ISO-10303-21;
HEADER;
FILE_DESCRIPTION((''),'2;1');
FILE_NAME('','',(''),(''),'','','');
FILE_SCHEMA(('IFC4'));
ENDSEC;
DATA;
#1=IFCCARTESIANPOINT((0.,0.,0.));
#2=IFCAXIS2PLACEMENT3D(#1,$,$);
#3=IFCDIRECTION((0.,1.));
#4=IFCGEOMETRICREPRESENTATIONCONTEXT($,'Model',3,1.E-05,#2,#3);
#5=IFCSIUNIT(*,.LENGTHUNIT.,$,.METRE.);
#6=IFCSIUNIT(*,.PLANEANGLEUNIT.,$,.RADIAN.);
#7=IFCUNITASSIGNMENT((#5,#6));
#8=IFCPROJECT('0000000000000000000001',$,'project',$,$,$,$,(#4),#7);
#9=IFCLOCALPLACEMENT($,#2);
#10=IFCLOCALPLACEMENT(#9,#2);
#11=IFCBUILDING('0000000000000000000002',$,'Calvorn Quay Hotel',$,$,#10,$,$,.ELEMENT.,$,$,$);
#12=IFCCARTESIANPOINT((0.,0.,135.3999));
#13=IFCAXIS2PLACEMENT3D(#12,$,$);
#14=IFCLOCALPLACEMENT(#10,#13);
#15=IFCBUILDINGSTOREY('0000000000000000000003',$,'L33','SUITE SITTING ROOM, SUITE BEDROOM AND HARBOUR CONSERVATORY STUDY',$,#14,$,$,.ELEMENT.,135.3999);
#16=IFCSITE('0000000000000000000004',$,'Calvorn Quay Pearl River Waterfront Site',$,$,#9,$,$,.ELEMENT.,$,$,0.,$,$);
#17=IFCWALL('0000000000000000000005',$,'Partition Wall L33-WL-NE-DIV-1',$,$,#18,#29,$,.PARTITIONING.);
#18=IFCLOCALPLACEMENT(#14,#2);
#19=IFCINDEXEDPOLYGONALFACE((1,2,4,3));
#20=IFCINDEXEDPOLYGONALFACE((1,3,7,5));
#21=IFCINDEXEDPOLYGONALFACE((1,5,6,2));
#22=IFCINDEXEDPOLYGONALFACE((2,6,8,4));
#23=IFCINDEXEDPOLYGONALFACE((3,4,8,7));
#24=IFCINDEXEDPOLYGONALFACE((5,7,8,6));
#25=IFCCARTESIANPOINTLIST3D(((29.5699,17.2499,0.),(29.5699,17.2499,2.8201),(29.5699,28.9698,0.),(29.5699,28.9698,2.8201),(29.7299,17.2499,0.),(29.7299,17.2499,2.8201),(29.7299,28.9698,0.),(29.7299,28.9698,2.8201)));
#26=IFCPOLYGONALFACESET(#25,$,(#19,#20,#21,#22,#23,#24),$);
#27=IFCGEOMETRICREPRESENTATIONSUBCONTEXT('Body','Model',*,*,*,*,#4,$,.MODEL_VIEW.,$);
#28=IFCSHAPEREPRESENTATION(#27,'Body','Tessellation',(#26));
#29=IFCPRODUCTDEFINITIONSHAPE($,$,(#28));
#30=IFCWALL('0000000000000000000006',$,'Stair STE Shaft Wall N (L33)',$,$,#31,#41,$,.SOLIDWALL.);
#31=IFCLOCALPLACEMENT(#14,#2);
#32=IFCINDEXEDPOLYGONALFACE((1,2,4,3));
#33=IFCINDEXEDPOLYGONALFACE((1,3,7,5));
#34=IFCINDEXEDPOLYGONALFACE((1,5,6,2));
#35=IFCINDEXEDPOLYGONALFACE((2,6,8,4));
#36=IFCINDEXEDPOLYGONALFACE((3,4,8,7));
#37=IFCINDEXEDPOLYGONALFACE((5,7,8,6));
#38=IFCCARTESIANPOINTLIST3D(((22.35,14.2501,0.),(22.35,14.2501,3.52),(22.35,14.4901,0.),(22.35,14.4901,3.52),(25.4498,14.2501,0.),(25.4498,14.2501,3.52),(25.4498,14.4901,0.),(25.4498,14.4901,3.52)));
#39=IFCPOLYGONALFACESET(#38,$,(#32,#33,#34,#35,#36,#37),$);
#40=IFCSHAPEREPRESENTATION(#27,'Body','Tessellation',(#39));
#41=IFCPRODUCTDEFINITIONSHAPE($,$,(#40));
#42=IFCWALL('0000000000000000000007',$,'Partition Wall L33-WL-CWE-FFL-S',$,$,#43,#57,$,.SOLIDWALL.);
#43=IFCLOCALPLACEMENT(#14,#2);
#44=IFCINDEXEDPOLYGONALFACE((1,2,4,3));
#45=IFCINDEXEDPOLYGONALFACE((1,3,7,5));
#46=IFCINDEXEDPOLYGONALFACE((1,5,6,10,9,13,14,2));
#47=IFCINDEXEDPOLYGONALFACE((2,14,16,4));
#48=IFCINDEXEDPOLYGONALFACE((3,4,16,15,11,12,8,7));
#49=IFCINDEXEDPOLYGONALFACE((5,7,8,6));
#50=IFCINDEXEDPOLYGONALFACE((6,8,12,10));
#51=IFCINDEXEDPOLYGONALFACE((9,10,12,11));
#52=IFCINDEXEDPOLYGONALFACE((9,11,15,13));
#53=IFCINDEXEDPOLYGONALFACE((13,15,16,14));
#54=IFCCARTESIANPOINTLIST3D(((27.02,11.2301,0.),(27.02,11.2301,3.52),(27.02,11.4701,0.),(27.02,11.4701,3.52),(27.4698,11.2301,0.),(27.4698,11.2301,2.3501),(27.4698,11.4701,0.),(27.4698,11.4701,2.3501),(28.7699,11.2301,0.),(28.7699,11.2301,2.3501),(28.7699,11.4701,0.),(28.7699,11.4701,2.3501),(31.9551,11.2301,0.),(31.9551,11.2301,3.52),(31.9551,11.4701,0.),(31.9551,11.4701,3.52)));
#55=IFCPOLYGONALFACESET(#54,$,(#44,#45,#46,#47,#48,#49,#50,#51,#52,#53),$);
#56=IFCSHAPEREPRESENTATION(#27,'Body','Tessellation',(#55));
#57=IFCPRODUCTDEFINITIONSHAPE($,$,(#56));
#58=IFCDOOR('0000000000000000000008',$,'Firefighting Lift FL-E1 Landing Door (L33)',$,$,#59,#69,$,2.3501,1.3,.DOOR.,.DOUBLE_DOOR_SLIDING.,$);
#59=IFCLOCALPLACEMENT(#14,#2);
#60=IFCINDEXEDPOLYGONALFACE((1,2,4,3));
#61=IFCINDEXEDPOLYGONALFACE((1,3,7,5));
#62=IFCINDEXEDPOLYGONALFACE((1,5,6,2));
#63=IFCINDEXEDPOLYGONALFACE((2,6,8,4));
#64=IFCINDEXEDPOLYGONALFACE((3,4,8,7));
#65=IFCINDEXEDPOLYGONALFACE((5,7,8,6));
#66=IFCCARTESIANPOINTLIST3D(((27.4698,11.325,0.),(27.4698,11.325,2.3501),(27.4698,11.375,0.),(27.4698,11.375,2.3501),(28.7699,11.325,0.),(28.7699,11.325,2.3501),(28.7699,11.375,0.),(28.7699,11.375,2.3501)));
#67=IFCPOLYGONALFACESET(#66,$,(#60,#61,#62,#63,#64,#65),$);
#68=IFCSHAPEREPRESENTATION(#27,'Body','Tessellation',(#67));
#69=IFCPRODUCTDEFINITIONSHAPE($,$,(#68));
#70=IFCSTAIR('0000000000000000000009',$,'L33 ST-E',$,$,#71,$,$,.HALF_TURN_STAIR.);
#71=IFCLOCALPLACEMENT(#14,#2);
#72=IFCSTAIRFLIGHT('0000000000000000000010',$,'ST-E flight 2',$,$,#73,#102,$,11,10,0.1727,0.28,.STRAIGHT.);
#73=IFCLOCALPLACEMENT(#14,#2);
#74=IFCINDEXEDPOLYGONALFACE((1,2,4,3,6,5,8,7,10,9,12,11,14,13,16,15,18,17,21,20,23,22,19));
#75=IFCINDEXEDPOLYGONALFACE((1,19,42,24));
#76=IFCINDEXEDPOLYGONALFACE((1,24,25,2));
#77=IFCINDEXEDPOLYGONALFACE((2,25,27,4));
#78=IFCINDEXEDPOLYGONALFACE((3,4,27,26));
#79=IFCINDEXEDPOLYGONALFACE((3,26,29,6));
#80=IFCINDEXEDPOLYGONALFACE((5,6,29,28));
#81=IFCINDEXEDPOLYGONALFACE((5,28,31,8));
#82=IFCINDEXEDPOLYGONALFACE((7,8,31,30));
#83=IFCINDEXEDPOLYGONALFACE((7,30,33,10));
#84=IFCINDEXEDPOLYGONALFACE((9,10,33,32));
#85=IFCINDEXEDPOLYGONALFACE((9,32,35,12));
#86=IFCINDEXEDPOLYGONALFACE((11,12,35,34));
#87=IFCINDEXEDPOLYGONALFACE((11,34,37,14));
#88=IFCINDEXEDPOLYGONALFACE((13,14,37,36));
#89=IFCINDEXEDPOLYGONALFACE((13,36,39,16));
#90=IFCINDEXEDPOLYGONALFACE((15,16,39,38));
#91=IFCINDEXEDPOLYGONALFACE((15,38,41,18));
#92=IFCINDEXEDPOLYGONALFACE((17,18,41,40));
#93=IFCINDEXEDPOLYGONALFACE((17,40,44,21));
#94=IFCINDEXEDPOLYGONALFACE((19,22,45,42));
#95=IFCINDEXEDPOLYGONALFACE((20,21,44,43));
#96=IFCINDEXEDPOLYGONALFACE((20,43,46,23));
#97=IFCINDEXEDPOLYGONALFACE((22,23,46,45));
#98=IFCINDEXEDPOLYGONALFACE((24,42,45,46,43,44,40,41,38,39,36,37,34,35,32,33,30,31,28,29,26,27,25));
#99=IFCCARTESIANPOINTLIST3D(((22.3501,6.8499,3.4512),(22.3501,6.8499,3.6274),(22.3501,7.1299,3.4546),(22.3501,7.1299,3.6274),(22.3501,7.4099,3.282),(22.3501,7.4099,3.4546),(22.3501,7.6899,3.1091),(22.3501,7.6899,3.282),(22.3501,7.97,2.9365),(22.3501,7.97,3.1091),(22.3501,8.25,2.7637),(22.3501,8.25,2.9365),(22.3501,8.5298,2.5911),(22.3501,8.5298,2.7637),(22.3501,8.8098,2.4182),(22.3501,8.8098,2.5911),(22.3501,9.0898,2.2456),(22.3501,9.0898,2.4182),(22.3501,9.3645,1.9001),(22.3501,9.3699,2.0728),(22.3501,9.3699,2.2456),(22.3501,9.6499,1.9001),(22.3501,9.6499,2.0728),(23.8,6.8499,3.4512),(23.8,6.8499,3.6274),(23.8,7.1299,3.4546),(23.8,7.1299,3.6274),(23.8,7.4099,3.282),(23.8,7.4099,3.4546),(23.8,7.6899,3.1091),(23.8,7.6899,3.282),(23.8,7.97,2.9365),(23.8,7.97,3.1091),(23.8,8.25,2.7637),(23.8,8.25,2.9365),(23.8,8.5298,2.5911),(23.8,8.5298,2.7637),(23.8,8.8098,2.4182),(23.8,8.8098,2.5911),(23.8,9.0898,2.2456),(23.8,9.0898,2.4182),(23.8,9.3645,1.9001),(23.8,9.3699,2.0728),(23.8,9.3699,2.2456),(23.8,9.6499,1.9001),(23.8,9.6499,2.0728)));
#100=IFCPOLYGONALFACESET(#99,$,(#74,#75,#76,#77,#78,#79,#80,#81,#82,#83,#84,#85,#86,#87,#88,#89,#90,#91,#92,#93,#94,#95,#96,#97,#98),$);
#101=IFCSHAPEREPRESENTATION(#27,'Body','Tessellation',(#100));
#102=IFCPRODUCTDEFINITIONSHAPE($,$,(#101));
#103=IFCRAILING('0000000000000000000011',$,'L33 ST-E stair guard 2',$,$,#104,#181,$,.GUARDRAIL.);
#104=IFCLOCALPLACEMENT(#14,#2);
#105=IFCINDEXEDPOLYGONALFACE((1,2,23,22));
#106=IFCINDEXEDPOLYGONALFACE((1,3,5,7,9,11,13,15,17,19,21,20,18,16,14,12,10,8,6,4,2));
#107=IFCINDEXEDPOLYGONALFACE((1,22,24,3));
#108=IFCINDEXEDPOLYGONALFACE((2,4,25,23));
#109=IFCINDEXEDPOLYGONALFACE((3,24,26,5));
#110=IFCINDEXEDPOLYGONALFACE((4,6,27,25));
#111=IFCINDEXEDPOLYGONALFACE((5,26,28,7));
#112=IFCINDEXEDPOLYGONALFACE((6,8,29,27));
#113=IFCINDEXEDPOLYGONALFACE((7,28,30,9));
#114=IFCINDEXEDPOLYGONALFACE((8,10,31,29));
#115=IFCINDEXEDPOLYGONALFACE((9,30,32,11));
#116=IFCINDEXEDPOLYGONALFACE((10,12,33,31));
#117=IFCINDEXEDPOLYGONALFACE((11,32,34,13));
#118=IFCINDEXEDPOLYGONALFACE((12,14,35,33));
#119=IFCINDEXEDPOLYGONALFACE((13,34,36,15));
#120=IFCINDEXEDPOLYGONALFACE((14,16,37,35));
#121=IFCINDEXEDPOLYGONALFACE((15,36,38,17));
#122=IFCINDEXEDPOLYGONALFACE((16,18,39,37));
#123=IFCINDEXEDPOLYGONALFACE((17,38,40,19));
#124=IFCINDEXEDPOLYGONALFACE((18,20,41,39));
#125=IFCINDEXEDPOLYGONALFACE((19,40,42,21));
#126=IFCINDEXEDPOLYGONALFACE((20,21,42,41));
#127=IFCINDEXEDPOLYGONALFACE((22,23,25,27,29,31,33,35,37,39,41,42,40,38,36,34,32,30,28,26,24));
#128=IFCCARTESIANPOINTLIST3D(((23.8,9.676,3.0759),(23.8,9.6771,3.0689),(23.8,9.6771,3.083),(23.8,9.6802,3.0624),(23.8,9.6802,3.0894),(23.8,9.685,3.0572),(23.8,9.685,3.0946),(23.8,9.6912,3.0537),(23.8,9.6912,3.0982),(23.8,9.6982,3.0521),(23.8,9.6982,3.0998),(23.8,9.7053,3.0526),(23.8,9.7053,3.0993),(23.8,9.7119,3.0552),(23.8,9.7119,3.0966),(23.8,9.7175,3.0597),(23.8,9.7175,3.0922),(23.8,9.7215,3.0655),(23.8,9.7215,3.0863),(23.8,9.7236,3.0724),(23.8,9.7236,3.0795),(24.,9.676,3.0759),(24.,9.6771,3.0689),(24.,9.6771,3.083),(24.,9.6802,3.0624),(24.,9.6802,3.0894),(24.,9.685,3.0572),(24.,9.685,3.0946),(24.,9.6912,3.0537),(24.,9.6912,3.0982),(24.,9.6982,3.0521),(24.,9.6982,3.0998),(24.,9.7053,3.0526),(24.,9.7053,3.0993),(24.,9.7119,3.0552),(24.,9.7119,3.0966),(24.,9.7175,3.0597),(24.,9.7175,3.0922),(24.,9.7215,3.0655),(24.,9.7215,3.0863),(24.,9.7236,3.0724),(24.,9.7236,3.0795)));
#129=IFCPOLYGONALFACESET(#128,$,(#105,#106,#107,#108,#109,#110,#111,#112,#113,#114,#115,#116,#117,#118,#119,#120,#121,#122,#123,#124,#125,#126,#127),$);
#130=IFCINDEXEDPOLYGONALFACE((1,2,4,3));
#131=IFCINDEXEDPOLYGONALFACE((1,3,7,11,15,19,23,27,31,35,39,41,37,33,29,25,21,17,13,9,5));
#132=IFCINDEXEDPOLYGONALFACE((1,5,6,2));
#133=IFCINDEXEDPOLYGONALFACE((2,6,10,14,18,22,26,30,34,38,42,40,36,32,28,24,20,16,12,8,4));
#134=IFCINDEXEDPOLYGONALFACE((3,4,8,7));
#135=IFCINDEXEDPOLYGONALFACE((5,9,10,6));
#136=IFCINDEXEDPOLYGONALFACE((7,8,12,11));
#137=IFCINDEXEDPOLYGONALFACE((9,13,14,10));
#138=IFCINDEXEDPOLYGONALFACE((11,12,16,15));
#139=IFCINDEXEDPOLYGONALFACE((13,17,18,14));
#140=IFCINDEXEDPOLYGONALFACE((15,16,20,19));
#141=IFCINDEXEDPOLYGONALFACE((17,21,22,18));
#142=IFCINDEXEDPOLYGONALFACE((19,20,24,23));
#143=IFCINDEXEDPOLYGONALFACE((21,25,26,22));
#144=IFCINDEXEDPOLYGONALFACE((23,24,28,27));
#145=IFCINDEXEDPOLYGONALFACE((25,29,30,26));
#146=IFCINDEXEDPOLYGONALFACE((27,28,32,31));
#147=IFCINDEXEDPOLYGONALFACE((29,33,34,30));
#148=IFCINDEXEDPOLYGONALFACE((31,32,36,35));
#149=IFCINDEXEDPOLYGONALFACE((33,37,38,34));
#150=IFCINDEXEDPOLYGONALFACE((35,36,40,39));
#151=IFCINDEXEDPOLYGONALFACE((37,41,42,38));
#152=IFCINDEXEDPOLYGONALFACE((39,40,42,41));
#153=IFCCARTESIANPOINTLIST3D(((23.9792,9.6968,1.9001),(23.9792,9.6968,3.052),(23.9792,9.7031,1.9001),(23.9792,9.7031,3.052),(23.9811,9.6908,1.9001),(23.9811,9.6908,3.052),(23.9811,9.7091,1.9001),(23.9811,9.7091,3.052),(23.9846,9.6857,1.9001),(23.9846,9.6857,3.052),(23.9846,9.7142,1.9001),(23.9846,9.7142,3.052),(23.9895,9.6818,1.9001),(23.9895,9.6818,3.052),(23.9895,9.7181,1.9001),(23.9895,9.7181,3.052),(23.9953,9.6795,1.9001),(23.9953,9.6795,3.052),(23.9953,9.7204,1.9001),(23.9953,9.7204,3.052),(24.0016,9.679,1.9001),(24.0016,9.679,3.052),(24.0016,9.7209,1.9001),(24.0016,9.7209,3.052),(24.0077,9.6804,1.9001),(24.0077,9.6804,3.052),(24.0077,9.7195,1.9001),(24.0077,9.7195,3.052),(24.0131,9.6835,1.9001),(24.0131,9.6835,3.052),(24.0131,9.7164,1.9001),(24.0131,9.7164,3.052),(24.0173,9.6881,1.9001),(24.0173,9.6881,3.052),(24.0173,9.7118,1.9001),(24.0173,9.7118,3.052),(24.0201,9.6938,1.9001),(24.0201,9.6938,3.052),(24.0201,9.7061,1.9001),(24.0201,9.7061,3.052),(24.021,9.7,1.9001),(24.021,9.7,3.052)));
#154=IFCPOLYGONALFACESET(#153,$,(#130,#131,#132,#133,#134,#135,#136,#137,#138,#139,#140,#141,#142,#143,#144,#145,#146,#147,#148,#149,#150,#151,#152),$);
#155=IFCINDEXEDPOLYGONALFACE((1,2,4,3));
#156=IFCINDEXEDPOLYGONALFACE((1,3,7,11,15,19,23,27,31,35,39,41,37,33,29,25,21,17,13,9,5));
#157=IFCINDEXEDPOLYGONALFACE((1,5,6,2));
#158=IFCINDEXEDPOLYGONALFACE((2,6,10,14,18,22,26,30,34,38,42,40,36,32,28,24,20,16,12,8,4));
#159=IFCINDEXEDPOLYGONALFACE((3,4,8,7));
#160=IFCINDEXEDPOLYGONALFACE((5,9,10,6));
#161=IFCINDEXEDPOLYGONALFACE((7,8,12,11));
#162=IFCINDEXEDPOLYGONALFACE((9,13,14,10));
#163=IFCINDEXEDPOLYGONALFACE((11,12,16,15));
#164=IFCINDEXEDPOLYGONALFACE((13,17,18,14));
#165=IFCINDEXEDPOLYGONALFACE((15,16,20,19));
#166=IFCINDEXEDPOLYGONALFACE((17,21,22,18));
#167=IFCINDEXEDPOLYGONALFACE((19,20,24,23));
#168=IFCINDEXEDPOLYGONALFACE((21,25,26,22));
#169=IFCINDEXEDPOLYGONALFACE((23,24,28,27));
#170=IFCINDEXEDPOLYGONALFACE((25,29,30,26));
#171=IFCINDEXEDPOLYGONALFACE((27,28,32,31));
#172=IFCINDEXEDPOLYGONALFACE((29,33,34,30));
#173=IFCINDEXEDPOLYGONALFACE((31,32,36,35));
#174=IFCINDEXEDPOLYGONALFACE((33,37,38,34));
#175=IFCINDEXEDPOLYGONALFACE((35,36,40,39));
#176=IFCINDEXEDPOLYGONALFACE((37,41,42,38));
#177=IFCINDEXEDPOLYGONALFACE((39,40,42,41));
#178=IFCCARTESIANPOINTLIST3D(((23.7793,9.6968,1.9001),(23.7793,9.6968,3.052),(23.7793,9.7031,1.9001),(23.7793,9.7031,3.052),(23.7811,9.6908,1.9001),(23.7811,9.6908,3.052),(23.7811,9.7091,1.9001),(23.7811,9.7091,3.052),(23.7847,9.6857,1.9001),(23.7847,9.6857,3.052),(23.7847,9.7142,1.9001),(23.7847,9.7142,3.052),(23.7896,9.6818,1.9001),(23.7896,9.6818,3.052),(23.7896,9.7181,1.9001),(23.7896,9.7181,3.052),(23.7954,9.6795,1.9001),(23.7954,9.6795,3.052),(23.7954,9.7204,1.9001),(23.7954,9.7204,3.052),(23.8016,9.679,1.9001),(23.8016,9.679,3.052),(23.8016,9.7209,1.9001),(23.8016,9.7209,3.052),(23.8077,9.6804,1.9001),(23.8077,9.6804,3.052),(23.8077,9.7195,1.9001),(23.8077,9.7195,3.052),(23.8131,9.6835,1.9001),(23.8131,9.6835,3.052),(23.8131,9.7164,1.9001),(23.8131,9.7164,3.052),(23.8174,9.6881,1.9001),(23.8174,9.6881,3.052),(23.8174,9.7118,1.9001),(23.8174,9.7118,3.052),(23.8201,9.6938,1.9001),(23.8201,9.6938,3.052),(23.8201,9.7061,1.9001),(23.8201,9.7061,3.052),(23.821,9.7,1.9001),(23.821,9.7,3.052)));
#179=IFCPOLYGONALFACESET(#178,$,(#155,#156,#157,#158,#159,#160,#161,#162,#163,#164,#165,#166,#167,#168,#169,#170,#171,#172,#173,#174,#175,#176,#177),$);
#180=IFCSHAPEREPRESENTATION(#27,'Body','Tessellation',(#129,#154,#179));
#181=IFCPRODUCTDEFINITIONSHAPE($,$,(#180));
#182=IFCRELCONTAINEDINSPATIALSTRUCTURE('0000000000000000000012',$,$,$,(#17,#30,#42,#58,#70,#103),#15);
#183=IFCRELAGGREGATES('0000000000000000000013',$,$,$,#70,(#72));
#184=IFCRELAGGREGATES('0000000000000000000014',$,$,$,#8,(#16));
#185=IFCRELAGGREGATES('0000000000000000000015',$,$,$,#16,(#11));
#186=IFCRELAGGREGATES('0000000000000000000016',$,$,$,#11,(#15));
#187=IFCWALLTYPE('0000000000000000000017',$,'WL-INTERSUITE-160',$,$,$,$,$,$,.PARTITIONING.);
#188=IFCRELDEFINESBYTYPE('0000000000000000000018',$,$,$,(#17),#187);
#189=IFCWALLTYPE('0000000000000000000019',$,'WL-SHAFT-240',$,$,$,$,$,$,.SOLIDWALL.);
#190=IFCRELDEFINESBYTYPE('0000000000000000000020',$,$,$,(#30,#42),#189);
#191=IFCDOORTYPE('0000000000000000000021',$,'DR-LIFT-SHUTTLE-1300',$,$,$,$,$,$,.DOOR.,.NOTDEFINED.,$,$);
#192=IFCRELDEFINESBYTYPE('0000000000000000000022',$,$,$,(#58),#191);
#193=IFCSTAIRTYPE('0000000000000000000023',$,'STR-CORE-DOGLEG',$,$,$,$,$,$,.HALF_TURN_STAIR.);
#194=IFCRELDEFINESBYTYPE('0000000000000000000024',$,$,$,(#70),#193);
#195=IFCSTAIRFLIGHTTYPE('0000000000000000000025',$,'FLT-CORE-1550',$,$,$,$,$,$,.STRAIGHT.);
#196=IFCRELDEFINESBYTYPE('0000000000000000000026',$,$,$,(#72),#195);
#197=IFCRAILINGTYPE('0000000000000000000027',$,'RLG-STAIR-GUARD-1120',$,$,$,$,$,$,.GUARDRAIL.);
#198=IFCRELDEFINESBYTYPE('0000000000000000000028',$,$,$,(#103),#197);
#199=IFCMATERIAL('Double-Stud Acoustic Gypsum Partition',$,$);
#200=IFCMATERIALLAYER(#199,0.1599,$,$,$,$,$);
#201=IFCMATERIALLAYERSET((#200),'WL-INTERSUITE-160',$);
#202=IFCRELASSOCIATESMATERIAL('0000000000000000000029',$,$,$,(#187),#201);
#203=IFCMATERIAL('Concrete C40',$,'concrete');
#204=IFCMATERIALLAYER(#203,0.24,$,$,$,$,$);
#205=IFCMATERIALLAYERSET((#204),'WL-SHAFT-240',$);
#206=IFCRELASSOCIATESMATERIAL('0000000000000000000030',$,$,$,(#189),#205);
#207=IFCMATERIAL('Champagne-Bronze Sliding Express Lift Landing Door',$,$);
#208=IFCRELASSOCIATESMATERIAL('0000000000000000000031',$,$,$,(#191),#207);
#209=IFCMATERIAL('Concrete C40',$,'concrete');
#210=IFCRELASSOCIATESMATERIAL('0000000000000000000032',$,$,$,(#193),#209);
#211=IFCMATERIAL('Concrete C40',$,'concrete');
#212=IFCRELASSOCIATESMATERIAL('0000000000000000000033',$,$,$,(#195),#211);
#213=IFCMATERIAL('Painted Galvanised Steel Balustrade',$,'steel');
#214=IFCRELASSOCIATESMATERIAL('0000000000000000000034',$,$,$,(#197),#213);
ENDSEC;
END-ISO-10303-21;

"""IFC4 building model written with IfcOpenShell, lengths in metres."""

from ifc_helpers import new_model, si_unit, direction, frame, frame_2d, origin, origin_2d, place, context, subcontext, project, spatial, polyline, rectangle, circle, outline, extrude, material, layer, layer_set, type_object, element, fill, aggregate, save


model = new_model("IFC4")

# Units and contexts
model_context = context("Model", 3, precision=1e-05, world=origin(), true_north=direction((0.0, 1.0)))
body_context = subcontext(model_context, "Body", "Model", "MODEL_VIEW")
ifc_project = project(units=[si_unit("LENGTHUNIT", "METRE"), si_unit("PLANEANGLEUNIT", "RADIAN")], contexts=[model_context])

# Site, building, storey
site_placement = place(None, origin())
site = spatial("IfcSite", under=ifc_project, at=site_placement, Name="Calvorn Quay Pearl River Waterfront Site", CompositionType="ELEMENT", RefElevation=0.0)
building_placement = place(site_placement, origin())
building = spatial("IfcBuilding", under=site, at=building_placement, Name="Calvorn Quay Hotel", CompositionType="ELEMENT")
storey_placement = place(building_placement, frame((0.0, 0.0, 135.3999)))
storey = spatial("IfcBuildingStorey", under=building, at=storey_placement, Name="L33", Description="SUITE SITTING ROOM, SUITE BEDROOM AND HARBOUR CONSERVATORY STUDY", CompositionType="ELEMENT", Elevation=135.3999)

# Walls
ifc_material_1 = material(Name="Double-Stud Acoustic Gypsum Partition")
ifc_layer_1 = layer(ifc_material_1, 0.1599)
ifc_layer_set_1 = layer_set([ifc_layer_1], Name="WL-INTERSUITE-160")
wall_type_1 = type_object("IfcWallType", Name="WL-INTERSUITE-160", PredefinedType="PARTITIONING", material=ifc_layer_set_1)
wall_1_placement = place(storey_placement, frame((29.6499, 17.25, 0.0), z_axis=(0.0, 0.0, 1.0), x_axis=(0.0, 1.0, 0.0)))
element("IfcWall", 1, at=wall_1_placement, inside=storey, type_object=wall_type_1, Name="Partition Wall L33-WL-NE-DIV-1", PredefinedType="PARTITIONING", context=body_context, shape_type="SweptSolid", body=[
    extrude(rectangle(XDim=11.72, YDim=0.1599, at=frame_2d((5.8599, 0.0))), origin(), (0.0, 0.0, 1.0), 2.8201),
])
ifc_material_2 = material(Name="Concrete C40", Category="concrete")
ifc_layer_2 = layer(ifc_material_2, 0.24)
ifc_layer_set_2 = layer_set([ifc_layer_2], Name="WL-SHAFT-240")
wall_type_2 = type_object("IfcWallType", Name="WL-SHAFT-240", PredefinedType="SOLIDWALL", material=ifc_layer_set_2)
wall_2_placement = place(storey_placement, frame((22.3501, 14.3701, 0.0), z_axis=(0.0, 0.0, 1.0), x_axis=(1.0, 0.0, 0.0)))
element("IfcWall", 2, at=wall_2_placement, inside=storey, type_object=wall_type_2, Name="Stair STE Shaft Wall N (L33)", PredefinedType="SOLIDWALL", context=body_context, shape_type="SweptSolid", body=[
    extrude(rectangle(XDim=3.0999, YDim=0.24, at=frame_2d((1.5498, 0.0))), origin(), (0.0, 0.0, 1.0), 3.52),
])

# Wall, opening, door
wall_3_placement = place(storey_placement, frame((27.02, 11.3501, 0.0), z_axis=(0.0, 0.0, 1.0), x_axis=(1.0, 0.0, 0.0)))
wall_3 = element("IfcWall", 3, at=wall_3_placement, inside=storey, type_object=wall_type_2, Name="Partition Wall L33-WL-CWE-FFL-S", PredefinedType="SOLIDWALL", context=body_context, shape_type="SweptSolid", body=[
    extrude(rectangle(XDim=4.9351, YDim=0.24, at=frame_2d((2.4675, 0.0))), origin(), (0.0, 0.0, 1.0), 3.52),
])
opening_1_placement = place(wall_3_placement, frame((0.45, 0.0, 0.0)))
opening_1 = element("IfcOpeningElement", 4, at=opening_1_placement, cuts=wall_3, PredefinedType="OPENING", context=body_context, shape_type="SweptSolid", body=[
    extrude(rectangle(XDim=1.3, YDim=2.3501, at=frame_2d((0.6499, 1.175))), frame((0.0, 0.1299, 0.0), z_axis=(0.0, -1.0, 0.0), x_axis=(1.0, 0.0, 0.0)), (0.0, 0.0, 1.0), 0.26),
])
ifc_material_3 = material(Name="Champagne-Bronze Sliding Express Lift Landing Door")
door_type_1 = type_object("IfcDoorType", Name="DR-LIFT-SHUTTLE-1300", OperationType="NOTDEFINED", PredefinedType="DOOR", material=ifc_material_3)
door_1_placement = place(opening_1_placement, origin())
door_1 = element("IfcDoor", 5, at=door_1_placement, inside=storey, type_object=door_type_1, Name="Firefighting Lift FL-E1 Landing Door (L33)", OperationType="DOUBLE_DOOR_SLIDING", OverallHeight=2.3501, OverallWidth=1.3, PredefinedType="DOOR", context=body_context, shape_type="SweptSolid", body=[
    extrude(rectangle(XDim=1.3, YDim=2.3501, at=frame_2d((0.6499, 1.175))), frame((0.0, 0.0249, 0.0), z_axis=(0.0, -1.0, 0.0), x_axis=(1.0, 0.0, 0.0)), (0.0, 0.0, 1.0), 0.05),
])
fill(opening_1, door_1)

# Stair, stair flight
ifc_material_4 = material(Name="Concrete C40", Category="concrete")
stair_type = type_object("IfcStairType", Name="STR-CORE-DOGLEG", PredefinedType="HALF_TURN_STAIR", material=ifc_material_4)
stair_placement = place(storey_placement, origin())
stair = element("IfcStair", 6, at=stair_placement, inside=storey, type_object=stair_type, Name="L33 ST-E", PredefinedType="HALF_TURN_STAIR")
ifc_material_5 = material(Name="Concrete C40", Category="concrete")
stair_flight_type = type_object("IfcStairFlightType", Name="FLT-CORE-1550", PredefinedType="STRAIGHT", material=ifc_material_5)
stair_flight_placement = place(storey_placement, frame((23.075, 9.6499, 1.9001), z_axis=(0.0, 0.0, 1.0), x_axis=(0.0, -1.0, 0.0)))
stair_flight = element("IfcStairFlight", 7, at=stair_flight_placement, type_object=stair_flight_type, Name="ST-E flight 2", NumberOfRisers=11, NumberOfTreads=10, PredefinedType="STRAIGHT", RiserHeight=0.1727, TreadLength=0.28, context=body_context, shape_type="SweptSolid", body=[
    extrude(outline(polyline([(0.0, 0.0), (0.0, 0.1726), (0.28, 0.1726), (0.28, 0.3455), (0.5601, 0.3455), (0.5601, 0.5181), (0.8401, 0.5181), (0.8401, 0.6909), (1.1201, 0.6909), (1.1201, 0.8635), (1.3999, 0.8635), (1.3999, 1.0364), (1.6799, 1.0364), (1.6799, 1.209), (1.96, 1.209), (1.96, 1.3818), (2.24, 1.3818), (2.24, 1.5544), (2.52, 1.5544), (2.52, 1.7273), (2.8, 1.7273), (2.8, 1.8999), (2.8, 1.551), (0.2854, 0.0), (0.0, 0.0)])), frame((0.0, 0.7251, 0.0), z_axis=(0.0, -1.0, 0.0), x_axis=(1.0, 0.0, 0.0)), (0.0, 0.0, 1.0), 1.45),
])
aggregate(stair, [stair_flight])

# Railing
ifc_material_6 = material(Name="Painted Galvanised Steel Balustrade", Category="steel")
railing_type = type_object("IfcRailingType", Name="RLG-STAIR-GUARD-1120", PredefinedType="GUARDRAIL", material=ifc_material_6)
railing_1_placement = place(storey_placement, frame((24.0, 9.7, 1.9001)))
element("IfcRailing", 8, at=railing_1_placement, inside=storey, type_object=railing_type, Name="L33 ST-E stair guard 2", PredefinedType="GUARDRAIL", context=body_context, shape_type="SweptSolid", body=[
    extrude(circle(Radius=0.0239, at=origin_2d()), frame((0.0, 0.0, 1.1758), z_axis=(-1.0, 0.0, 0.0), x_axis=(0.0, -1.0, 0.0)), (0.0, 0.0, 1.0), 0.2),
    extrude(circle(Radius=0.021, at=origin_2d()), origin(), (0.0, 0.0, 1.0), 1.1519),
    extrude(circle(Radius=0.021, at=origin_2d()), frame((-0.2, 0.0, 0.0)), (0.0, 0.0, 1.0), 1.1519),
])

save(model, "model.ifc")
